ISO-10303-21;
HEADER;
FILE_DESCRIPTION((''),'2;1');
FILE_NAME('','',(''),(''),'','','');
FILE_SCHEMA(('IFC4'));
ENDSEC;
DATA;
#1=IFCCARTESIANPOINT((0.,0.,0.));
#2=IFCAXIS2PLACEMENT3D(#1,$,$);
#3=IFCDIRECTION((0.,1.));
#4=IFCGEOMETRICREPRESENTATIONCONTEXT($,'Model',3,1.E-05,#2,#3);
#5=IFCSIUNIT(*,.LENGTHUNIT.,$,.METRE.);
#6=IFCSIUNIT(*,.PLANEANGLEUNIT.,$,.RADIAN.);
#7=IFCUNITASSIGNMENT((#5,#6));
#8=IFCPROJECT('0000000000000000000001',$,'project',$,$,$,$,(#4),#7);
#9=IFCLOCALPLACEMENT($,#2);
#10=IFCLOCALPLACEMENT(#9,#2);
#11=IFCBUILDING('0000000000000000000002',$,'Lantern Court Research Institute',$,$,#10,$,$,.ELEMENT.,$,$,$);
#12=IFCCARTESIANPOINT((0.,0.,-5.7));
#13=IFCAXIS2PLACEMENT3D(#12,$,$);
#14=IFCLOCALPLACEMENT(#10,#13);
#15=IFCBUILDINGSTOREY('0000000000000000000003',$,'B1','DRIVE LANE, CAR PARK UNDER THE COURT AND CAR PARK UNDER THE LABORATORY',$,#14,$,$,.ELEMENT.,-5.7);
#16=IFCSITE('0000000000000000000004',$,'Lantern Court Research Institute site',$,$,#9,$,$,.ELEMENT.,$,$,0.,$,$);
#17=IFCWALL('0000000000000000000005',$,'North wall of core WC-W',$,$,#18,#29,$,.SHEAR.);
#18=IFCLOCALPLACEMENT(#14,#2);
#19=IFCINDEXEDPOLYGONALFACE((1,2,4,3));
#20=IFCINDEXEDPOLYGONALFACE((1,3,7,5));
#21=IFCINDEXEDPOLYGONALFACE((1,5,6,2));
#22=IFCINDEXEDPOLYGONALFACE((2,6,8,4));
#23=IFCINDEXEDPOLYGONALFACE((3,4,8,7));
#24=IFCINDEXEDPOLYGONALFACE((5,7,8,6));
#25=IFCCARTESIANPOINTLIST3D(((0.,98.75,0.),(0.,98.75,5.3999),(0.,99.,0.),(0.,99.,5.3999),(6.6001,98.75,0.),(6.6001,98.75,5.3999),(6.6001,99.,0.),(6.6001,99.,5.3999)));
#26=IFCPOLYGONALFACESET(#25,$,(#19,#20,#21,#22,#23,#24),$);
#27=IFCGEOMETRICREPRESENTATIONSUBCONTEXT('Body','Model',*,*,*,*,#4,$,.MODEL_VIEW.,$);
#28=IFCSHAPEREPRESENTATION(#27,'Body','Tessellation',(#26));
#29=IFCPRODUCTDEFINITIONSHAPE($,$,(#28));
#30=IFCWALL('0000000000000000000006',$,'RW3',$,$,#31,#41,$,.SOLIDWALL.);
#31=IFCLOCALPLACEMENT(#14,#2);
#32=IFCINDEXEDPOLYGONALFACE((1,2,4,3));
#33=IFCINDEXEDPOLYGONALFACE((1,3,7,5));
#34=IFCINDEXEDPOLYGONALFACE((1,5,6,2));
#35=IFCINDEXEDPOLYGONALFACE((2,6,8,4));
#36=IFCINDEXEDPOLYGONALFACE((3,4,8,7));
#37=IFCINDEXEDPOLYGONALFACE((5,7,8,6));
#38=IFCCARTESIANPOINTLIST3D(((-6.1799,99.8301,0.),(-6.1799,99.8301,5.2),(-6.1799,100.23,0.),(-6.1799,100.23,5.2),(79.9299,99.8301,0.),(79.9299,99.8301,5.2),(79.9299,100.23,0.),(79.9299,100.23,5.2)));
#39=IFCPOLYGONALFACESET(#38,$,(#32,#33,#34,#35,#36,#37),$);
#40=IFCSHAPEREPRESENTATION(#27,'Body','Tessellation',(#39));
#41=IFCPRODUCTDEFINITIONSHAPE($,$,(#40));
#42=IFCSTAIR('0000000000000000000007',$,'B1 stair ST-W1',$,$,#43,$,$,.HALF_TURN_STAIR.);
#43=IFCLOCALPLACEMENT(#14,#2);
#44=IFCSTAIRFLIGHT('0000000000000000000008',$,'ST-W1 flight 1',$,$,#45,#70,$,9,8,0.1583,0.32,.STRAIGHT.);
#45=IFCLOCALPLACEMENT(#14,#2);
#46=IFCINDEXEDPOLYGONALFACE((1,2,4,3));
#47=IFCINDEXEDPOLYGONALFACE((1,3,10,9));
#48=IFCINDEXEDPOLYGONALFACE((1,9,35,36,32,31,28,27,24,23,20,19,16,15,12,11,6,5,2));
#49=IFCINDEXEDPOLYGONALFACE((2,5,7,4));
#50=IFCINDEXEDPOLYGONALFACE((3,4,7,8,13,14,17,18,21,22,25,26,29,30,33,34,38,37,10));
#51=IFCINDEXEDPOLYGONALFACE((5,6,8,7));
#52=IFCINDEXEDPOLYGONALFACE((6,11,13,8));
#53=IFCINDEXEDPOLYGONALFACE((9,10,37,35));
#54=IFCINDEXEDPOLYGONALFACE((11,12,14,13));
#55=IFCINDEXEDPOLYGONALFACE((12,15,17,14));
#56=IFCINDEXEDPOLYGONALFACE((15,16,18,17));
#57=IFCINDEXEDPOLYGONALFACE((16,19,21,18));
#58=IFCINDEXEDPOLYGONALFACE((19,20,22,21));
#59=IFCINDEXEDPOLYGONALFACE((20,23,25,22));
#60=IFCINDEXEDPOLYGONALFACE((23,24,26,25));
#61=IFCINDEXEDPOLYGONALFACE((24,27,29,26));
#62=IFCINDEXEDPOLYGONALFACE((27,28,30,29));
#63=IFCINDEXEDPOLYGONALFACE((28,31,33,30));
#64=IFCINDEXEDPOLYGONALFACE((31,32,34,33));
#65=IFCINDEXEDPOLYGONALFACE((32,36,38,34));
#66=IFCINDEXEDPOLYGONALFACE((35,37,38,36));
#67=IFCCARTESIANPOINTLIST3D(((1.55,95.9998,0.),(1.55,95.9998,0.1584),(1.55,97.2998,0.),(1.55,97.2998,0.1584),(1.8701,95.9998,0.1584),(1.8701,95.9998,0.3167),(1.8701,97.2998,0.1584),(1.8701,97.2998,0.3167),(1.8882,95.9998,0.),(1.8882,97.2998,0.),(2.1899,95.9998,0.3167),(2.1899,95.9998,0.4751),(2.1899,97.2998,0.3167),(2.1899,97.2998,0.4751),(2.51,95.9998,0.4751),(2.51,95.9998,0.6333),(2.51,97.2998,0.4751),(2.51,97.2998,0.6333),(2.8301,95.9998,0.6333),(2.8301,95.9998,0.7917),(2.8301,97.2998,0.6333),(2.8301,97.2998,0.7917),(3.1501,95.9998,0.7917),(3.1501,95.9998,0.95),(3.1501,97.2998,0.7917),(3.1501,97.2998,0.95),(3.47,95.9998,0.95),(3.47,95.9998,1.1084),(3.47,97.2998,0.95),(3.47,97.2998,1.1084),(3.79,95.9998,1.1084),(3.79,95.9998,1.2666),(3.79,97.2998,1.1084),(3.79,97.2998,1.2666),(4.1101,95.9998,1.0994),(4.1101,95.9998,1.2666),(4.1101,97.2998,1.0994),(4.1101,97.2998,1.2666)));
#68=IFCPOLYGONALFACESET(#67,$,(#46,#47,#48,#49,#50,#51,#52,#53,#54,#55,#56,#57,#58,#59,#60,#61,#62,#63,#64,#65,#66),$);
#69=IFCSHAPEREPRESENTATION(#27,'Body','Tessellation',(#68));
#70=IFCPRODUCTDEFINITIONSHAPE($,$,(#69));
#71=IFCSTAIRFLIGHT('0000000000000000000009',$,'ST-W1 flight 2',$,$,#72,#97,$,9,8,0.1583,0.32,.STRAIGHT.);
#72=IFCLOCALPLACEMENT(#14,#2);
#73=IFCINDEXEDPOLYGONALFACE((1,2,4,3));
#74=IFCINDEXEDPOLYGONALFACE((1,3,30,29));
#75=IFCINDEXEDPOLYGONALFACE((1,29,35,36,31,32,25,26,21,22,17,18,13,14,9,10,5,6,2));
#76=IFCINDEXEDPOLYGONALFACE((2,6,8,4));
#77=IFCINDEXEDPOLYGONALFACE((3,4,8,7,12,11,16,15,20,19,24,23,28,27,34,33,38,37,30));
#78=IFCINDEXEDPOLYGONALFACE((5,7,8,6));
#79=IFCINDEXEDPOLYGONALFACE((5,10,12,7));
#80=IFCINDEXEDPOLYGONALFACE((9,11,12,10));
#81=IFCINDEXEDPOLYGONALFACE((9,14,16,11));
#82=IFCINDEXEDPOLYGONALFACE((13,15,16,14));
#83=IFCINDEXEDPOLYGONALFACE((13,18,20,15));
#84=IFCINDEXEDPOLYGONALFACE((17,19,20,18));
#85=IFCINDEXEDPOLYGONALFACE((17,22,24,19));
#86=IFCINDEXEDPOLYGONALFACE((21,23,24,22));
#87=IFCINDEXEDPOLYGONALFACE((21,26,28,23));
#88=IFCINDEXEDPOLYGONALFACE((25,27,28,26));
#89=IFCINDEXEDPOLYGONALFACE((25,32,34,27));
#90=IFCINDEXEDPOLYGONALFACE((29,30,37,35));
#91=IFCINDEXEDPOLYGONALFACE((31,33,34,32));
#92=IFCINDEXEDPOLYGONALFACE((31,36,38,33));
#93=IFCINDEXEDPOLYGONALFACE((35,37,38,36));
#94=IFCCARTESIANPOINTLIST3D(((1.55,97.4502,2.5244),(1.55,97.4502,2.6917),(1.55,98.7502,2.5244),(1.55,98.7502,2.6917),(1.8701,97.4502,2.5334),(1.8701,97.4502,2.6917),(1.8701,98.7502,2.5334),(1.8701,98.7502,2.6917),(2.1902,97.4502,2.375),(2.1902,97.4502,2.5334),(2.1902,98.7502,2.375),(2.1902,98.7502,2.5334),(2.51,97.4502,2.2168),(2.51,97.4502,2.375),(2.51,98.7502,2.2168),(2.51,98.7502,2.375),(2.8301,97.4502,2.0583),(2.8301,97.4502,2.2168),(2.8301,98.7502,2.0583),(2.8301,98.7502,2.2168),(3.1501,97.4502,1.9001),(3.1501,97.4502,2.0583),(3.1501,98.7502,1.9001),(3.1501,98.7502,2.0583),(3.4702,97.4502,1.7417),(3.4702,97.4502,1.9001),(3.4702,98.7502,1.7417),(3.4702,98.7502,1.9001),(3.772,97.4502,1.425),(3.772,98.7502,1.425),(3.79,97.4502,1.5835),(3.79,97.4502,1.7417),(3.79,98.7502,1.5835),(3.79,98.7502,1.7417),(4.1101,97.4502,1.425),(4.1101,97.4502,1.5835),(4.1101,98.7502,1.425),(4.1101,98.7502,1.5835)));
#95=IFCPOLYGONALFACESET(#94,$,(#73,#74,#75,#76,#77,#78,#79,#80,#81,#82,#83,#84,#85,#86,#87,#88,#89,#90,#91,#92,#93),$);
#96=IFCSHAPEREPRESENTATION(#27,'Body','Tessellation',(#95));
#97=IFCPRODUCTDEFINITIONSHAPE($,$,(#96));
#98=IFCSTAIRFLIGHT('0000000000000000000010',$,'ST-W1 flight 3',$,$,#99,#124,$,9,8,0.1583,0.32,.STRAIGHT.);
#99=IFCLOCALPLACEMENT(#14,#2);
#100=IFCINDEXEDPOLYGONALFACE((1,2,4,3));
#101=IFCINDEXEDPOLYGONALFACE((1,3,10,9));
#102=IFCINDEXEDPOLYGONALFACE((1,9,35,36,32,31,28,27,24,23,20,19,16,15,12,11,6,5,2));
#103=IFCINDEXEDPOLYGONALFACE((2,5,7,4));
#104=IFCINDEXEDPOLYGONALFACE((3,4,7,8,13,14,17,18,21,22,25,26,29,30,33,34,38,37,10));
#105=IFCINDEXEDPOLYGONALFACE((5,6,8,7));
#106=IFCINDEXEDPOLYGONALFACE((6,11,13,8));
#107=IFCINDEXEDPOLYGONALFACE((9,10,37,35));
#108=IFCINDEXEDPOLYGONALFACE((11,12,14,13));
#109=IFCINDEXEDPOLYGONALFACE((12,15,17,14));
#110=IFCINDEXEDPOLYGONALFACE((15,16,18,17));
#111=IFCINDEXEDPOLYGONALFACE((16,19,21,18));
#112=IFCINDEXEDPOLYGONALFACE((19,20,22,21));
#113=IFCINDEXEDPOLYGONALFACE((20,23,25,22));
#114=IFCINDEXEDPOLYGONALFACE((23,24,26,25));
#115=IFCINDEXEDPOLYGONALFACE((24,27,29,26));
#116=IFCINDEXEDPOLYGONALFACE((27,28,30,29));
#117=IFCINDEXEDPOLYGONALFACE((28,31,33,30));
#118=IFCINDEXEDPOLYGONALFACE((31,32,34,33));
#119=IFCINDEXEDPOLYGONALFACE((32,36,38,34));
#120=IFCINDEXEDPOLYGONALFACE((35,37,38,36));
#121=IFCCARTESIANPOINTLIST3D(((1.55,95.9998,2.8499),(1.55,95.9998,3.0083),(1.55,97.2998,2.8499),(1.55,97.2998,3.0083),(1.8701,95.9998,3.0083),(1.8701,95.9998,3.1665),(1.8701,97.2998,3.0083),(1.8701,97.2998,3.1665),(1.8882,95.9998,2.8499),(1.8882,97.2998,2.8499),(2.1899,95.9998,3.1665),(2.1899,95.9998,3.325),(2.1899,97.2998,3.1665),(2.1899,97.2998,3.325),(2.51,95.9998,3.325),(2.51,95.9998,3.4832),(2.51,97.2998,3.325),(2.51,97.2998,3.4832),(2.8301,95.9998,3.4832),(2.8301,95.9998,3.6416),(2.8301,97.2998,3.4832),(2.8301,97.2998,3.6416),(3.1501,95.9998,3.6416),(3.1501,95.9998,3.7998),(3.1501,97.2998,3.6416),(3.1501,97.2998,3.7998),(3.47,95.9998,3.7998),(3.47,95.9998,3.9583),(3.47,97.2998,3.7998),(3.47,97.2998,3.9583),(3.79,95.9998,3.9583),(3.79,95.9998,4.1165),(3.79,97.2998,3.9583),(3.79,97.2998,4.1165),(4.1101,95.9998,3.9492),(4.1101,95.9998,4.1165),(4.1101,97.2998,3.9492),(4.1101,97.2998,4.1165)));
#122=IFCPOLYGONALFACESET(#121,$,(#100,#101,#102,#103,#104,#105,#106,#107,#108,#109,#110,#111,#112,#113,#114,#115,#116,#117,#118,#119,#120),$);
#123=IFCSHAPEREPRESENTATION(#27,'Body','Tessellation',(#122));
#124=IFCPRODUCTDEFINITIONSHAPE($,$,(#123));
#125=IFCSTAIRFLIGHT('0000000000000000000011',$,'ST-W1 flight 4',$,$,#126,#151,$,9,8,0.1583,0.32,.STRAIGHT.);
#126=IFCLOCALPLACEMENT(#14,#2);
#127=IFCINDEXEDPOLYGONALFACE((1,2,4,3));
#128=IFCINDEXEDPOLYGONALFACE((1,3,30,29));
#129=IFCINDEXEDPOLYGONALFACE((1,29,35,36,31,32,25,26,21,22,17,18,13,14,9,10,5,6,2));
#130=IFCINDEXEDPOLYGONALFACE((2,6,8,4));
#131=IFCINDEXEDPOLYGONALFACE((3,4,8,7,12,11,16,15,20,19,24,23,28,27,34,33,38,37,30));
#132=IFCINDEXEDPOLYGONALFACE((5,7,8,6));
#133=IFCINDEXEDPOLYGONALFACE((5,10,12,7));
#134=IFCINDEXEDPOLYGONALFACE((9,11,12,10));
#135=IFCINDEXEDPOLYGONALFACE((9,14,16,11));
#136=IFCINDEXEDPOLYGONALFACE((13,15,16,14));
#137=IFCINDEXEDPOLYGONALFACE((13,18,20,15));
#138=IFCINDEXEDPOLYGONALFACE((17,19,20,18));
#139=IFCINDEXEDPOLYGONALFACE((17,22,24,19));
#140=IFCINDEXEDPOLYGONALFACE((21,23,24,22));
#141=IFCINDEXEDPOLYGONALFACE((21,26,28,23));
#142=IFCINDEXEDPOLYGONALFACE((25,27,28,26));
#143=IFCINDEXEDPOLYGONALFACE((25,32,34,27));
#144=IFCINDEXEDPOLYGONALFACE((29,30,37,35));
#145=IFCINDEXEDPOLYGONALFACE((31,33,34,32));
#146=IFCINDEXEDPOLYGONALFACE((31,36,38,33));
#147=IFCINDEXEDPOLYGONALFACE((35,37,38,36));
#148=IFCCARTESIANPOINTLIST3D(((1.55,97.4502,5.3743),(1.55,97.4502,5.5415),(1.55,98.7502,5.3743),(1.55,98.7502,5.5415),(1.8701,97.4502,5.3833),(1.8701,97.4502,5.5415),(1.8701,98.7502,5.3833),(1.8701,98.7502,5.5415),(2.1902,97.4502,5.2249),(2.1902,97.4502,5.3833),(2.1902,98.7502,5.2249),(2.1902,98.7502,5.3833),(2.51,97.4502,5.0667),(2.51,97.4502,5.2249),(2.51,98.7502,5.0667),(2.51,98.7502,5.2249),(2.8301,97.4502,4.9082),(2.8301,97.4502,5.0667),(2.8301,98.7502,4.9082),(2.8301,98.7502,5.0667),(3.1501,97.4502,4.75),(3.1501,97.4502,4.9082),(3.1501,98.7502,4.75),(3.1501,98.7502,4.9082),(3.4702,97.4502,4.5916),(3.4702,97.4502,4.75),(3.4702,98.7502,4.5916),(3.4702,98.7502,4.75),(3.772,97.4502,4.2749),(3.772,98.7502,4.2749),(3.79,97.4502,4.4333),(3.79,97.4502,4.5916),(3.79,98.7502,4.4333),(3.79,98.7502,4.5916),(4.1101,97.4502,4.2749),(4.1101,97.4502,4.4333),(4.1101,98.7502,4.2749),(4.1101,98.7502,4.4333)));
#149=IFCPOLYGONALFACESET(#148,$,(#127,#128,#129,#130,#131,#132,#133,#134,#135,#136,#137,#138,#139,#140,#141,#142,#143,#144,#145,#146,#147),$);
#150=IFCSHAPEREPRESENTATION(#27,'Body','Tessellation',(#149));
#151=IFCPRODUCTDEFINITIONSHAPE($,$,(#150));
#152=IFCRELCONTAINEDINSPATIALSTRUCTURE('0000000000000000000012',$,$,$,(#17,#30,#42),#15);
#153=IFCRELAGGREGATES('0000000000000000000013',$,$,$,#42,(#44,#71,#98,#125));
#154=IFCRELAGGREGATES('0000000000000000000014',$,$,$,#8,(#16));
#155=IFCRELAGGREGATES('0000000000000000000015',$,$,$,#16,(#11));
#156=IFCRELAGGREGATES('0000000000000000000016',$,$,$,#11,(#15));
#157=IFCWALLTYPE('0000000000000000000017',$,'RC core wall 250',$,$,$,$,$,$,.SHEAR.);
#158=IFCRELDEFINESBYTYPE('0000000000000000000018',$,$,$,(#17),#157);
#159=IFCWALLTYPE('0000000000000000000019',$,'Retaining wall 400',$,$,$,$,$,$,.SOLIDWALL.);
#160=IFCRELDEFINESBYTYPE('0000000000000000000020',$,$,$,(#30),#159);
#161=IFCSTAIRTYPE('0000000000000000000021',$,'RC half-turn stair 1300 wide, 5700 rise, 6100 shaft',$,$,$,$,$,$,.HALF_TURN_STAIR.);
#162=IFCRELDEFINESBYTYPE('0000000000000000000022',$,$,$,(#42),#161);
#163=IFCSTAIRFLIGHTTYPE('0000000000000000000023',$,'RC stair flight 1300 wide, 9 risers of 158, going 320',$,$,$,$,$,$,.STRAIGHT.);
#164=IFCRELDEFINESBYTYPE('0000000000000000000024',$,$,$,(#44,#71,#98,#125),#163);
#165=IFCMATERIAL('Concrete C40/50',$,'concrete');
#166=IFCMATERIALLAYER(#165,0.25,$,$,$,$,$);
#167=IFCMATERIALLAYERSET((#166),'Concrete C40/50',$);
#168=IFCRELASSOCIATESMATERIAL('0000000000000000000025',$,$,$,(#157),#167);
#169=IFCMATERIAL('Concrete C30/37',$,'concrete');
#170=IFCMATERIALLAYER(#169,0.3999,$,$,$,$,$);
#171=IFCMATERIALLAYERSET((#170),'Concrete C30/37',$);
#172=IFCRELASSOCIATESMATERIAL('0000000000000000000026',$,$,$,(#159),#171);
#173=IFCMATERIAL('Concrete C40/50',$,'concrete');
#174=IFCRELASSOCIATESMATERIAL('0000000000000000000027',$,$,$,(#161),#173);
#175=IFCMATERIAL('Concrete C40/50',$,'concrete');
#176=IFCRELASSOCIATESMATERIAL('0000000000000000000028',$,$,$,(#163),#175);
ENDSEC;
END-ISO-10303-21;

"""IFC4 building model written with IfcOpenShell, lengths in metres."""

from ifc_helpers import new_model, si_unit, direction, frame, frame_2d, origin, place, context, subcontext, project, spatial, polyline, rectangle, outline, extrude, material, layer, layer_set, type_object, element, aggregate, save


model = new_model("IFC4")

# Units and contexts
model_context = context("Model", 3, precision=1e-05, world=origin(), true_north=direction((0.0, 1.0)))
body_context = subcontext(model_context, "Body", "Model", "MODEL_VIEW")
ifc_project = project(units=[si_unit("LENGTHUNIT", "METRE"), si_unit("PLANEANGLEUNIT", "RADIAN")], contexts=[model_context])

# Site, building, storey
site_placement = place(None, origin())
site = spatial("IfcSite", under=ifc_project, at=site_placement, Name="Lantern Court Research Institute site", CompositionType="ELEMENT", RefElevation=0.0)
building_placement = place(site_placement, origin())
building = spatial("IfcBuilding", under=site, at=building_placement, Name="Lantern Court Research Institute", CompositionType="ELEMENT")
storey_placement = place(building_placement, frame((0.0, 0.0, -5.7)))
storey = spatial("IfcBuildingStorey", under=building, at=storey_placement, Name="B1", Description="DRIVE LANE, CAR PARK UNDER THE COURT AND CAR PARK UNDER THE LABORATORY", CompositionType="ELEMENT", Elevation=-5.7)

# Walls
ifc_material_1 = material(Name="Concrete C40/50", Category="concrete")
ifc_layer_1 = layer(ifc_material_1, 0.25)
ifc_layer_set_1 = layer_set([ifc_layer_1], Name="Concrete C40/50")
wall_type_1 = type_object("IfcWallType", Name="RC core wall 250", PredefinedType="SHEAR", material=ifc_layer_set_1)
wall_1_placement = place(storey_placement, frame((0.0, 98.875, 0.0), z_axis=(0.0, 0.0, 1.0), x_axis=(1.0, 0.0, 0.0)))
element("IfcWall", 1, at=wall_1_placement, inside=storey, type_object=wall_type_1, Name="North wall of core WC-W", PredefinedType="SHEAR", context=body_context, shape_type="SweptSolid", body=[
    extrude(rectangle(XDim=6.6001, YDim=0.25, at=frame_2d((3.3, 0.0))), origin(), (0.0, 0.0, 1.0), 5.3999),
])
ifc_material_2 = material(Name="Concrete C30/37", Category="concrete")
ifc_layer_2 = layer(ifc_material_2, 0.3999)
ifc_layer_set_2 = layer_set([ifc_layer_2], Name="Concrete C30/37")
wall_type_2 = type_object("IfcWallType", Name="Retaining wall 400", PredefinedType="SOLIDWALL", material=ifc_layer_set_2)
wall_2_placement = place(storey_placement, frame((-6.1799, 100.03, 0.0), z_axis=(0.0, 0.0, 1.0), x_axis=(1.0, 0.0, 0.0)))
element("IfcWall", 2, at=wall_2_placement, inside=storey, type_object=wall_type_2, Name="RW3", PredefinedType="SOLIDWALL", context=body_context, shape_type="SweptSolid", body=[
    extrude(rectangle(XDim=86.1099, YDim=0.3999, at=frame_2d((43.0549, 0.0))), origin(), (0.0, 0.0, 1.0), 5.2),
])

# Stair, stair flights
ifc_material_3 = material(Name="Concrete C40/50", Category="concrete")
stair_type = type_object("IfcStairType", Name="RC half-turn stair 1300 wide, 5700 rise, 6100 shaft", PredefinedType="HALF_TURN_STAIR", material=ifc_material_3)
stair_placement = place(storey_placement, origin())
stair = element("IfcStair", 3, at=stair_placement, inside=storey, type_object=stair_type, Name="B1 stair ST-W1", PredefinedType="HALF_TURN_STAIR")
ifc_material_4 = material(Name="Concrete C40/50", Category="concrete")
stair_flight_type = type_object("IfcStairFlightType", Name="RC stair flight 1300 wide, 9 risers of 158, going 320", PredefinedType="STRAIGHT", material=ifc_material_4)
stair_flight_1_placement = place(storey_placement, frame((1.55, 96.6499, 0.0), z_axis=(0.0, 0.0, 1.0), x_axis=(1.0, 0.0, 0.0)))
stair_flight_1 = element("IfcStairFlight", 4, at=stair_flight_1_placement, type_object=stair_flight_type, Name="ST-W1 flight 1", NumberOfRisers=9, NumberOfTreads=8, PredefinedType="STRAIGHT", RiserHeight=0.1583, TreadLength=0.32, context=body_context, shape_type="SweptSolid", body=[
    extrude(outline(polyline([(0.0, 0.0), (0.0, 0.1584), (0.3201, 0.1584), (0.3201, 0.3167), (0.6399, 0.3167), (0.6399, 0.4751), (0.96, 0.4751), (0.96, 0.6333), (1.28, 0.6333), (1.28, 0.7917), (1.6001, 0.7917), (1.6001, 0.95), (1.9199, 0.95), (1.9199, 1.1084), (2.24, 1.1084), (2.24, 1.2666), (2.5601, 1.2666), (2.5601, 1.425), (2.5601, 1.0994), (0.3381, 0.0), (0.0, 0.0)])), frame((0.0, 0.6499, 0.0), z_axis=(0.0, -1.0, 0.0), x_axis=(1.0, 0.0, 0.0)), (0.0, 0.0, 1.0), 1.3),
])
stair_flight_2_placement = place(storey_placement, frame((4.1101, 98.1001, 1.425), z_axis=(0.0, 0.0, 1.0), x_axis=(-1.0, 0.0, 0.0)))
stair_flight_2 = element("IfcStairFlight", 5, at=stair_flight_2_placement, type_object=stair_flight_type, Name="ST-W1 flight 2", NumberOfRisers=9, NumberOfTreads=8, PredefinedType="STRAIGHT", RiserHeight=0.1583, TreadLength=0.32, context=body_context, shape_type="SweptSolid", body=[
    extrude(outline(polyline([(0.0, 0.0), (0.0, 0.1584), (0.3201, 0.1584), (0.3201, 0.3167), (0.6399, 0.3167), (0.6399, 0.4751), (0.96, 0.4751), (0.96, 0.6333), (1.28, 0.6333), (1.28, 0.7917), (1.6001, 0.7917), (1.6001, 0.95), (1.9199, 0.95), (1.9199, 1.1084), (2.24, 1.1084), (2.24, 1.2666), (2.5601, 1.2666), (2.5601, 1.425), (2.5601, 1.0994), (0.3381, 0.0), (0.0, 0.0)])), frame((0.0, 0.6499, 0.0), z_axis=(0.0, -1.0, 0.0), x_axis=(1.0, 0.0, 0.0)), (0.0, 0.0, 1.0), 1.3),
])
stair_flight_3_placement = place(storey_placement, frame((1.55, 96.6499, 2.8499), z_axis=(0.0, 0.0, 1.0), x_axis=(1.0, 0.0, 0.0)))
stair_flight_3 = element("IfcStairFlight", 6, at=stair_flight_3_placement, type_object=stair_flight_type, Name="ST-W1 flight 3", NumberOfRisers=9, NumberOfTreads=8, PredefinedType="STRAIGHT", RiserHeight=0.1583, TreadLength=0.32, context=body_context, shape_type="SweptSolid", body=[
    extrude(outline(polyline([(0.0, 0.0), (0.0, 0.1584), (0.3201, 0.1584), (0.3201, 0.3167), (0.6399, 0.3167), (0.6399, 0.4751), (0.96, 0.4751), (0.96, 0.6333), (1.28, 0.6333), (1.28, 0.7917), (1.6001, 0.7917), (1.6001, 0.95), (1.9199, 0.95), (1.9199, 1.1084), (2.24, 1.1084), (2.24, 1.2666), (2.5601, 1.2666), (2.5601, 1.425), (2.5601, 1.0994), (0.3381, 0.0), (0.0, 0.0)])), frame((0.0, 0.6499, 0.0), z_axis=(0.0, -1.0, 0.0), x_axis=(1.0, 0.0, 0.0)), (0.0, 0.0, 1.0), 1.3),
])
stair_flight_4_placement = place(storey_placement, frame((4.1101, 98.1001, 4.2749), z_axis=(0.0, 0.0, 1.0), x_axis=(-1.0, 0.0, 0.0)))
stair_flight_4 = element("IfcStairFlight", 7, at=stair_flight_4_placement, type_object=stair_flight_type, Name="ST-W1 flight 4", NumberOfRisers=9, NumberOfTreads=8, PredefinedType="STRAIGHT", RiserHeight=0.1583, TreadLength=0.32, context=body_context, shape_type="SweptSolid", body=[
    extrude(outline(polyline([(0.0, 0.0), (0.0, 0.1584), (0.3201, 0.1584), (0.3201, 0.3167), (0.6399, 0.3167), (0.6399, 0.4751), (0.96, 0.4751), (0.96, 0.6333), (1.28, 0.6333), (1.28, 0.7917), (1.6001, 0.7917), (1.6001, 0.95), (1.9199, 0.95), (1.9199, 1.1084), (2.24, 1.1084), (2.24, 1.2666), (2.5601, 1.2666), (2.5601, 1.425), (2.5601, 1.0994), (0.3381, 0.0), (0.0, 0.0)])), frame((0.0, 0.6499, 0.0), z_axis=(0.0, -1.0, 0.0), x_axis=(1.0, 0.0, 0.0)), (0.0, 0.0, 1.0), 1.3),
])
aggregate(stair, [stair_flight_1, stair_flight_2, stair_flight_3, stair_flight_4])

save(model, "model.ifc")
